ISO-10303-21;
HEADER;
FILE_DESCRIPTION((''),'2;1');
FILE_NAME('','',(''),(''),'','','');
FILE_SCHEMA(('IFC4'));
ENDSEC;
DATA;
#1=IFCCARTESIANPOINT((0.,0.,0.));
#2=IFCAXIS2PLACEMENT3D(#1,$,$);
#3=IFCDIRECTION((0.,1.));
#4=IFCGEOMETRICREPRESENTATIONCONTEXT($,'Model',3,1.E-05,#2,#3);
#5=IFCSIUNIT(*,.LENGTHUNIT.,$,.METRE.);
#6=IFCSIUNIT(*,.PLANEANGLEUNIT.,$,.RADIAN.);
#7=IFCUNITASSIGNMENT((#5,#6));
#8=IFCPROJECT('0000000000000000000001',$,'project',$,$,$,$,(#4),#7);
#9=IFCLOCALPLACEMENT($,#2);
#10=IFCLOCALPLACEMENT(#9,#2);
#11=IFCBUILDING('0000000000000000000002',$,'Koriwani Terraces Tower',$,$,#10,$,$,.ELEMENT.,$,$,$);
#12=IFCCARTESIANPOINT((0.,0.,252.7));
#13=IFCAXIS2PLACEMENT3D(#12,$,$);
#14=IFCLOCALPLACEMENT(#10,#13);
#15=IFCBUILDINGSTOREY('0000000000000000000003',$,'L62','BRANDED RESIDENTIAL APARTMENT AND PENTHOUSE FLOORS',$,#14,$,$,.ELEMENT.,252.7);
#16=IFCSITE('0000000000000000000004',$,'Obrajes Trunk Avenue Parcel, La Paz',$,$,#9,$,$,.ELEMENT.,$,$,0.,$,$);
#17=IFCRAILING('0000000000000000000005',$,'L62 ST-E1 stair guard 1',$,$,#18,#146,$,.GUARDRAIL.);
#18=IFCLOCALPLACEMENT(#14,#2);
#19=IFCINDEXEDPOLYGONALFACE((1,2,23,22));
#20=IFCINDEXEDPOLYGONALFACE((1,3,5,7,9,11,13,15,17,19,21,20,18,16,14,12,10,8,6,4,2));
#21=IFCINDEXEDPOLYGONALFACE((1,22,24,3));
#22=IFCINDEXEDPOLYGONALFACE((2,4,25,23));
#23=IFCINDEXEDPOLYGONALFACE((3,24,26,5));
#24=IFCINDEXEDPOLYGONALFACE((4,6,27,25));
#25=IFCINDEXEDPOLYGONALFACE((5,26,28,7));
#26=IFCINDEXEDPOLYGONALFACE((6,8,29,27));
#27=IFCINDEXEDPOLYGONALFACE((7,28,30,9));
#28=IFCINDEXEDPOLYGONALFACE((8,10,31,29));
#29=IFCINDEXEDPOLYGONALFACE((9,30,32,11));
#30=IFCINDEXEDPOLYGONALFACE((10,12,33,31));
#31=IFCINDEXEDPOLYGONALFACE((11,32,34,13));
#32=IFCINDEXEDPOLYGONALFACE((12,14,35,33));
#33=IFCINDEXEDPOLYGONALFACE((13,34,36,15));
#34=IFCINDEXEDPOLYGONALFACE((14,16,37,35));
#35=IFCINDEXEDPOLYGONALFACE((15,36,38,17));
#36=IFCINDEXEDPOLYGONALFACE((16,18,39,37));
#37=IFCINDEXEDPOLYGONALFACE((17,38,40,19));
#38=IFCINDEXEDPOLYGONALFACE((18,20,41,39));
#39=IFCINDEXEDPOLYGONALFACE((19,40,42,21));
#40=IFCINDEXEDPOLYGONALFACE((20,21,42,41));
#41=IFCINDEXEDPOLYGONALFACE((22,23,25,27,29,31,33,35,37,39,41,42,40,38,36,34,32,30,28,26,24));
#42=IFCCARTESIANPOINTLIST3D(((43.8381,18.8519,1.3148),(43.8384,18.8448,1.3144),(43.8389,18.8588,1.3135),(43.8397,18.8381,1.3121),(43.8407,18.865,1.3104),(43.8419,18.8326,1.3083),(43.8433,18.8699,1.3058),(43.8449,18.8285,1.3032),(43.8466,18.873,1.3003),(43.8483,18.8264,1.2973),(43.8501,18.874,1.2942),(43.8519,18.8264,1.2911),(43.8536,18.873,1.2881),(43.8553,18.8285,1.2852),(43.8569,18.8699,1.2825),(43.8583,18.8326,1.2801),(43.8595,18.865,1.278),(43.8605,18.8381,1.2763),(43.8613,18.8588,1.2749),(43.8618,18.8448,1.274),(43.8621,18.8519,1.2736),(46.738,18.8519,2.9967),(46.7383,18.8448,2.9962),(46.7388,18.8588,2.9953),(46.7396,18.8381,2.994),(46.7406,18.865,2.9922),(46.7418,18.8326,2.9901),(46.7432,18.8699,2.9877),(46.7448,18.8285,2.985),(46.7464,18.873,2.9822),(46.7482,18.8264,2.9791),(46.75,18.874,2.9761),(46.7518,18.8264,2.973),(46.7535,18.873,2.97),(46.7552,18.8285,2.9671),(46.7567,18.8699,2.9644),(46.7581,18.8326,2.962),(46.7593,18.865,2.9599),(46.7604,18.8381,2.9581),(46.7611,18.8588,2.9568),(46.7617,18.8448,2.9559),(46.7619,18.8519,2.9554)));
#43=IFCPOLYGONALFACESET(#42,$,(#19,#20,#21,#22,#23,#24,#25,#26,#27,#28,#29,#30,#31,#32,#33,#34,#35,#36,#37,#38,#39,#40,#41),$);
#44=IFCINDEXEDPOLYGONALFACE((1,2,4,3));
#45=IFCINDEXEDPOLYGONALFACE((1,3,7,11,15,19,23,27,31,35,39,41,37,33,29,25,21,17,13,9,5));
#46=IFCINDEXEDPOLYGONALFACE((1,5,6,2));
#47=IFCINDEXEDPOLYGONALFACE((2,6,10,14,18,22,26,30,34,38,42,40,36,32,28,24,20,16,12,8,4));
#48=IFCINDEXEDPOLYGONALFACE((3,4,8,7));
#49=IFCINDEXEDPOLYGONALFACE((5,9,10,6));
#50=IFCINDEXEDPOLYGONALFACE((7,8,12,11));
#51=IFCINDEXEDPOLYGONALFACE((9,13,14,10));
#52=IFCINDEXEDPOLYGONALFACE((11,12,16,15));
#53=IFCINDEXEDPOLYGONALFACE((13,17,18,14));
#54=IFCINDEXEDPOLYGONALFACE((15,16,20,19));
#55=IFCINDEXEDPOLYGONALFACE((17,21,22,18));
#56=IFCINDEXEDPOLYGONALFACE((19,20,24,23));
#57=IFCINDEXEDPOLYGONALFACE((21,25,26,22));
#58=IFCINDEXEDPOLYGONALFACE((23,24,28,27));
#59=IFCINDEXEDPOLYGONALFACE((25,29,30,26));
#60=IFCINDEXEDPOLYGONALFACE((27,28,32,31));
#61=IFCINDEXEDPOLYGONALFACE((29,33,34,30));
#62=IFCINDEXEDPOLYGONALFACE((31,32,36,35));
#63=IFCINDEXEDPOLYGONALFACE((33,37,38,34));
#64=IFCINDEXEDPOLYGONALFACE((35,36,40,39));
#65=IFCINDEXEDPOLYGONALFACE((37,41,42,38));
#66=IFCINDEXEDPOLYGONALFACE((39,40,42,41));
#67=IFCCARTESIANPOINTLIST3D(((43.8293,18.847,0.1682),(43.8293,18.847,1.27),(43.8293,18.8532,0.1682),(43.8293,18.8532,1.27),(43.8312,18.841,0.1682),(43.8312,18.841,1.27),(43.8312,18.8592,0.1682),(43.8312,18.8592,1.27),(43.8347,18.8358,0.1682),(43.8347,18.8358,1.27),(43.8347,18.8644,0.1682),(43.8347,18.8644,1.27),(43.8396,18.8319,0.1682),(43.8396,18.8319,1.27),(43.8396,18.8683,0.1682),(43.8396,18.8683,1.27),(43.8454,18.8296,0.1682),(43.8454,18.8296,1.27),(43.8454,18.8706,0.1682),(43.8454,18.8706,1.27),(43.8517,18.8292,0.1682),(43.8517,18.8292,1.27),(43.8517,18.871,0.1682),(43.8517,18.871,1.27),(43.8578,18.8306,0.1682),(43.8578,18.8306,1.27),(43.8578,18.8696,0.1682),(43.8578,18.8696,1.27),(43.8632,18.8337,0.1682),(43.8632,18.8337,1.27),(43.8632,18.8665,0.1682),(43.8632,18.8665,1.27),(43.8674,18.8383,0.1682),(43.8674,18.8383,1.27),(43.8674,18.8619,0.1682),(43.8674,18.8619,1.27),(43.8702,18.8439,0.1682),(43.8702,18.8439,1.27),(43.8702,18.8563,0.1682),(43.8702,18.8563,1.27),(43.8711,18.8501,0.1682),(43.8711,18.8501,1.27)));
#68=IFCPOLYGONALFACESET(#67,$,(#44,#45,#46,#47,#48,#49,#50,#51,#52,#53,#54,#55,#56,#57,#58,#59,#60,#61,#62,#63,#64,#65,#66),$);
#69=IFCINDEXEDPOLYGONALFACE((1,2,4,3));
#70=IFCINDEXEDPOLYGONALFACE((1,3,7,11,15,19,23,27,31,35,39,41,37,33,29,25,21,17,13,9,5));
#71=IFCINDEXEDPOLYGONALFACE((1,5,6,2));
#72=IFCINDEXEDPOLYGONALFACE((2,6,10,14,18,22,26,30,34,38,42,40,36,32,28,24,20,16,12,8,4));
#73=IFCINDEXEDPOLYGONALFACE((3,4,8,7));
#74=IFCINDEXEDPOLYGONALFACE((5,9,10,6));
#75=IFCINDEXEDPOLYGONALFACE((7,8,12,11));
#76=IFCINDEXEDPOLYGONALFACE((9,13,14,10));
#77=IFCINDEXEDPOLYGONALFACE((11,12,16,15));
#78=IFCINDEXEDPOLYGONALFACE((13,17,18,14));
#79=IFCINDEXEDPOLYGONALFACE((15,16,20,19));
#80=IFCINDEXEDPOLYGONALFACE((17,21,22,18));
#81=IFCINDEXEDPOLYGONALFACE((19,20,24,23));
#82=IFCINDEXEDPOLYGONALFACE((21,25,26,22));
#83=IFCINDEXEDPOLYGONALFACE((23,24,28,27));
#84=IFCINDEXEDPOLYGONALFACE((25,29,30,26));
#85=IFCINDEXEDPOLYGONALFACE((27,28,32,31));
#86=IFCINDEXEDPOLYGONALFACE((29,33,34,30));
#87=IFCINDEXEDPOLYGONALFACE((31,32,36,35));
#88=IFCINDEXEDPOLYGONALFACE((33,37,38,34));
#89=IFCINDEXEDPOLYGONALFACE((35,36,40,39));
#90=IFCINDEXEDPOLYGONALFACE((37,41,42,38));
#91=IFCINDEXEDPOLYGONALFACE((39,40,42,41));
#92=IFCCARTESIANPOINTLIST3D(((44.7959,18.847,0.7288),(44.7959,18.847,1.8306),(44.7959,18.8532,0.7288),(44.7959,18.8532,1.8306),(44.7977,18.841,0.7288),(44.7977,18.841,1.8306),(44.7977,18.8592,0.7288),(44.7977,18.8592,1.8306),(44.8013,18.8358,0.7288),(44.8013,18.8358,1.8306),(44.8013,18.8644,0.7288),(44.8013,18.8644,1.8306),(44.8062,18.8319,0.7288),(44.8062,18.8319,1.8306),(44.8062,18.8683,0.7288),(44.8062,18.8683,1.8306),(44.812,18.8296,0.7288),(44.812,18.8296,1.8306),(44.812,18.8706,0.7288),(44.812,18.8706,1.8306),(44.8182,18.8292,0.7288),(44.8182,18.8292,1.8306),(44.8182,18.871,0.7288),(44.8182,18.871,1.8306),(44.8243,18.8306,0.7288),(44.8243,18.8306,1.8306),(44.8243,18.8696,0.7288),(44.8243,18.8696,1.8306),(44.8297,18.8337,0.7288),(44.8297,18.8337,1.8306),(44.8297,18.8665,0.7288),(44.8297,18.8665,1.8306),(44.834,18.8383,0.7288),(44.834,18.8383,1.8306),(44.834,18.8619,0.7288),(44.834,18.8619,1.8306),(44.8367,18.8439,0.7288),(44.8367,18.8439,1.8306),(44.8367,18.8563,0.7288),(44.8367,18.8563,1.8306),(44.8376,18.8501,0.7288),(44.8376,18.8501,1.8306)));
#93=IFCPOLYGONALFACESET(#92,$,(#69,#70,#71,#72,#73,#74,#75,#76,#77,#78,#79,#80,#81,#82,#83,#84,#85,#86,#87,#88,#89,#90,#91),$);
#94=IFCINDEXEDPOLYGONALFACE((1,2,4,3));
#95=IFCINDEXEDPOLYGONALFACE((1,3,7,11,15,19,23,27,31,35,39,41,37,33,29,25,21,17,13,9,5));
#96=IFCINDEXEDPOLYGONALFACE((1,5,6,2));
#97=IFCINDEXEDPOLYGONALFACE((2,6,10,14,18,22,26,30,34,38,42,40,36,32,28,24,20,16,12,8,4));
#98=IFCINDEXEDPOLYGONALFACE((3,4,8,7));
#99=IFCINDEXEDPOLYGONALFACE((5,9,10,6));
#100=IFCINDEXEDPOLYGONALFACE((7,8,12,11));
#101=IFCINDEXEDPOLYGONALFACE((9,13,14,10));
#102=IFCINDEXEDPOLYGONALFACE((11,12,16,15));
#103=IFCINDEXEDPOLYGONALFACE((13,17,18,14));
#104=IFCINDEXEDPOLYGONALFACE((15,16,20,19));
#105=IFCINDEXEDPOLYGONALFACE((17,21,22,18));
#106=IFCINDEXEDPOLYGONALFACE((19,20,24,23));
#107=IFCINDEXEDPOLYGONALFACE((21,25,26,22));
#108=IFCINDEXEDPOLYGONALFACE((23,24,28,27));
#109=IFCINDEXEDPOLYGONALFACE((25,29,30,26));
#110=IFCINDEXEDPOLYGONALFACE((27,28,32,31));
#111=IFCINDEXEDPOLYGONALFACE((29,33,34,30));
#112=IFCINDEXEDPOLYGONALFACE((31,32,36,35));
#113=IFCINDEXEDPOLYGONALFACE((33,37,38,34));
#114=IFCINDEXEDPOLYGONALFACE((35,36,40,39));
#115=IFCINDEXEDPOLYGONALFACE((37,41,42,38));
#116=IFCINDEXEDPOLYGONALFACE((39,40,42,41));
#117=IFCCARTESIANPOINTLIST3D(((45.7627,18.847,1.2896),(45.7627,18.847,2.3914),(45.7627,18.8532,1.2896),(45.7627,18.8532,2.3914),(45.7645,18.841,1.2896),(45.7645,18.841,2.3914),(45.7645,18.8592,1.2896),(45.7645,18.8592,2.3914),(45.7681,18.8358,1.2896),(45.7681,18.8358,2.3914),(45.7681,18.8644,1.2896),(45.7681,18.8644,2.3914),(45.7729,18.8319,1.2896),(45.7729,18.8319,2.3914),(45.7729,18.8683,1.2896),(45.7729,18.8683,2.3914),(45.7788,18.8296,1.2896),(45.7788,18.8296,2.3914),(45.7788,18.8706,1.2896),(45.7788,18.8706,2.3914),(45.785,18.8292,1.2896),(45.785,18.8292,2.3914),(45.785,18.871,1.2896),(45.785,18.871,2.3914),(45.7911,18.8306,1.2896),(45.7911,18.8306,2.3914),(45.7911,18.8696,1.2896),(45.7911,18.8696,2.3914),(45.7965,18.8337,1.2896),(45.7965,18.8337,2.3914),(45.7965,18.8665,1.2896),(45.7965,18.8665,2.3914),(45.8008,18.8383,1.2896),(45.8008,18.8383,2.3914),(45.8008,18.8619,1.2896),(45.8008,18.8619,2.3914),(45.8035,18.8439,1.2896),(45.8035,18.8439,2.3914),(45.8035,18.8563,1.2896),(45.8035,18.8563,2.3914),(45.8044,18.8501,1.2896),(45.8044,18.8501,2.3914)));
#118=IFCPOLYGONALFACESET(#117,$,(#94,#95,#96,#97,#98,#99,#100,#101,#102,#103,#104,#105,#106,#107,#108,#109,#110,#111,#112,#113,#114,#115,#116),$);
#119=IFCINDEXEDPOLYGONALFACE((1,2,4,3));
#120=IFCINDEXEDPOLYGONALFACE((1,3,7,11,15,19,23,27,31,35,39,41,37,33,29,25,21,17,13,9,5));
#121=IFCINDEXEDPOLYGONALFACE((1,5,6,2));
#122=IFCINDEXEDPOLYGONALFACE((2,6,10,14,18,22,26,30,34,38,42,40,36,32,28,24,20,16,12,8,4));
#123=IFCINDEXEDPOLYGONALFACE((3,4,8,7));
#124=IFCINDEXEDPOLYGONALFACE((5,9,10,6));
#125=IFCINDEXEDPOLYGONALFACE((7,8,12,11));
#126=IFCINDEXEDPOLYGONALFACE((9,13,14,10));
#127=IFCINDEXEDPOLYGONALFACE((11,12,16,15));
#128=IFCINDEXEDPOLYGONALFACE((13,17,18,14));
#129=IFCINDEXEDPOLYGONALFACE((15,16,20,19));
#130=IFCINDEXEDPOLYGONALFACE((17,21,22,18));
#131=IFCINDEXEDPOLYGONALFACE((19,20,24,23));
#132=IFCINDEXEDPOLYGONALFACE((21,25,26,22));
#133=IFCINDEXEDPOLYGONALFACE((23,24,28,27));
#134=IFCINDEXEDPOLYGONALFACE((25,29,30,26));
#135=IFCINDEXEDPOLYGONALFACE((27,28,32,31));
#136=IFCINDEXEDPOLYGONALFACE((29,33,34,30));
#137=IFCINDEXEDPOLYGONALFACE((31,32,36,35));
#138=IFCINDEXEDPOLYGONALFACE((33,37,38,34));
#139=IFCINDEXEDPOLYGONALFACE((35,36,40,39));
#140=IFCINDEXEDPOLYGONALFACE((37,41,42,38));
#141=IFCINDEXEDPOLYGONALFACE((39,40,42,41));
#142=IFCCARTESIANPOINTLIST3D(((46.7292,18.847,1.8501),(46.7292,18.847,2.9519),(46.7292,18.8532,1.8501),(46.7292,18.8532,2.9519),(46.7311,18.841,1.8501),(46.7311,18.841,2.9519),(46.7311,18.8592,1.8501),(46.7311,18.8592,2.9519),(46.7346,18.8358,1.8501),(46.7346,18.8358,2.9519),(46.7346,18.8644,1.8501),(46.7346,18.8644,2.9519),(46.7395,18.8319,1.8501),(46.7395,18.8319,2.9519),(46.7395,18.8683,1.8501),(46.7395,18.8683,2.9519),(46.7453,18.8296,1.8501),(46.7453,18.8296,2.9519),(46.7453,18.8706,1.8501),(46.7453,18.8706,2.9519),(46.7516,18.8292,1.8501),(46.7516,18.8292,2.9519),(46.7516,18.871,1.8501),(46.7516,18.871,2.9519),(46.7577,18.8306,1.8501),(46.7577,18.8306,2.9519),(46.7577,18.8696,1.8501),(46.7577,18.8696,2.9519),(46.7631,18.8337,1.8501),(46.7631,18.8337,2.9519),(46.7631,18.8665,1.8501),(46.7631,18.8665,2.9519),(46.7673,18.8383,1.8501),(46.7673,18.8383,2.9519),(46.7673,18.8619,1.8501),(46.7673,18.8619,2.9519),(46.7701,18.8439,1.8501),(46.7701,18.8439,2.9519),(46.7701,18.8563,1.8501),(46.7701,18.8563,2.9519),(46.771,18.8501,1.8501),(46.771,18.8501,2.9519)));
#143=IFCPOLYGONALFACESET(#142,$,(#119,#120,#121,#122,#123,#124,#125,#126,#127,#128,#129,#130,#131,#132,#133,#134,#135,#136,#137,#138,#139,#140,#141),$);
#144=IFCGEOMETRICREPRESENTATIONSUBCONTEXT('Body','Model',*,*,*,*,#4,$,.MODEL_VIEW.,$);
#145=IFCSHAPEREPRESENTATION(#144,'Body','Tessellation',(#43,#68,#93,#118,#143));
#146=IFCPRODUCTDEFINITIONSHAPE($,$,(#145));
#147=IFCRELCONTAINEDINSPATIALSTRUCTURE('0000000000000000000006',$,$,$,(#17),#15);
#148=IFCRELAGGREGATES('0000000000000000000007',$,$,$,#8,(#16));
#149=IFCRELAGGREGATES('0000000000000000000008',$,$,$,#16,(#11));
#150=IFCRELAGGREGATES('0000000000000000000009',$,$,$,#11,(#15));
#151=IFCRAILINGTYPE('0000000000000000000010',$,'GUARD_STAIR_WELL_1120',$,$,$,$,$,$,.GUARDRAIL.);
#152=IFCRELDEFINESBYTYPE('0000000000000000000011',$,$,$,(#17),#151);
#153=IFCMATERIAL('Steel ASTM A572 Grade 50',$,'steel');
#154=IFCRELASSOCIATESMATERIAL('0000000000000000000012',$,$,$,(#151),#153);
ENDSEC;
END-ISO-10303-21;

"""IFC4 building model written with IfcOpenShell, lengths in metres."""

from ifc_helpers import new_model, si_unit, direction, frame, origin, origin_2d, place, context, subcontext, project, spatial, circle, extrude, material, type_object, element, save


model = new_model("IFC4")

# Units and contexts
model_context = context("Model", 3, precision=1e-05, world=origin(), true_north=direction((0.0, 1.0)))
body_context = subcontext(model_context, "Body", "Model", "MODEL_VIEW")
ifc_project = project(units=[si_unit("LENGTHUNIT", "METRE"), si_unit("PLANEANGLEUNIT", "RADIAN")], contexts=[model_context])

# Site, building, storey
site_placement = place(None, origin())
site = spatial("IfcSite", under=ifc_project, at=site_placement, Name="Obrajes Trunk Avenue Parcel, La Paz", CompositionType="ELEMENT", RefElevation=0.0)
building_placement = place(site_placement, origin())
building = spatial("IfcBuilding", under=site, at=building_placement, Name="Koriwani Terraces Tower", CompositionType="ELEMENT")
storey_placement = place(building_placement, frame((0.0, 0.0, 252.7)))
storey = spatial("IfcBuildingStorey", under=building, at=storey_placement, Name="L62", Description="BRANDED RESIDENTIAL APARTMENT AND PENTHOUSE FLOORS", CompositionType="ELEMENT", Elevation=252.7)

# Shared definitions
ifc_material_1 = material(Name="Steel ASTM A572 Grade 50", Category="steel")

# Railing
railing_type_1 = type_object("IfcRailingType", Name="GUARD_STAIR_WELL_1120", PredefinedType="GUARDRAIL", material=ifc_material_1)
railing_1_placement = place(storey_placement, frame((43.8501, 18.8501, 0.1682)))
element("IfcRailing", 1, at=railing_1_placement, inside=storey, type_object=railing_type_1, Name="L62 ST-E1 stair guard 1", PredefinedType="GUARDRAIL", context=body_context, shape_type="SweptSolid", body=[
    extrude(circle(Radius=0.0239, at=origin_2d()), frame((0.0, 0.0, 1.126), z_axis=(0.865039, 0.0, 0.501705), x_axis=(0.0, 1.0, 0.0)), (0.0, 0.0, 1.0), 3.3523),
    extrude(circle(Radius=0.021, at=origin_2d()), origin(), (0.0, 0.0, 1.0), 1.1018),
    extrude(circle(Radius=0.021, at=origin_2d()), frame((0.9666, 0.0, 0.5605)), (0.0, 0.0, 1.0), 1.1018),
    extrude(circle(Radius=0.021, at=origin_2d()), frame((1.9333, 0.0, 1.1213)), (0.0, 0.0, 1.0), 1.1018),
    extrude(circle(Radius=0.021, at=origin_2d()), frame((2.8999, 0.0, 1.6819)), (0.0, 0.0, 1.0), 1.1018),
])

save(model, "model.ifc")
